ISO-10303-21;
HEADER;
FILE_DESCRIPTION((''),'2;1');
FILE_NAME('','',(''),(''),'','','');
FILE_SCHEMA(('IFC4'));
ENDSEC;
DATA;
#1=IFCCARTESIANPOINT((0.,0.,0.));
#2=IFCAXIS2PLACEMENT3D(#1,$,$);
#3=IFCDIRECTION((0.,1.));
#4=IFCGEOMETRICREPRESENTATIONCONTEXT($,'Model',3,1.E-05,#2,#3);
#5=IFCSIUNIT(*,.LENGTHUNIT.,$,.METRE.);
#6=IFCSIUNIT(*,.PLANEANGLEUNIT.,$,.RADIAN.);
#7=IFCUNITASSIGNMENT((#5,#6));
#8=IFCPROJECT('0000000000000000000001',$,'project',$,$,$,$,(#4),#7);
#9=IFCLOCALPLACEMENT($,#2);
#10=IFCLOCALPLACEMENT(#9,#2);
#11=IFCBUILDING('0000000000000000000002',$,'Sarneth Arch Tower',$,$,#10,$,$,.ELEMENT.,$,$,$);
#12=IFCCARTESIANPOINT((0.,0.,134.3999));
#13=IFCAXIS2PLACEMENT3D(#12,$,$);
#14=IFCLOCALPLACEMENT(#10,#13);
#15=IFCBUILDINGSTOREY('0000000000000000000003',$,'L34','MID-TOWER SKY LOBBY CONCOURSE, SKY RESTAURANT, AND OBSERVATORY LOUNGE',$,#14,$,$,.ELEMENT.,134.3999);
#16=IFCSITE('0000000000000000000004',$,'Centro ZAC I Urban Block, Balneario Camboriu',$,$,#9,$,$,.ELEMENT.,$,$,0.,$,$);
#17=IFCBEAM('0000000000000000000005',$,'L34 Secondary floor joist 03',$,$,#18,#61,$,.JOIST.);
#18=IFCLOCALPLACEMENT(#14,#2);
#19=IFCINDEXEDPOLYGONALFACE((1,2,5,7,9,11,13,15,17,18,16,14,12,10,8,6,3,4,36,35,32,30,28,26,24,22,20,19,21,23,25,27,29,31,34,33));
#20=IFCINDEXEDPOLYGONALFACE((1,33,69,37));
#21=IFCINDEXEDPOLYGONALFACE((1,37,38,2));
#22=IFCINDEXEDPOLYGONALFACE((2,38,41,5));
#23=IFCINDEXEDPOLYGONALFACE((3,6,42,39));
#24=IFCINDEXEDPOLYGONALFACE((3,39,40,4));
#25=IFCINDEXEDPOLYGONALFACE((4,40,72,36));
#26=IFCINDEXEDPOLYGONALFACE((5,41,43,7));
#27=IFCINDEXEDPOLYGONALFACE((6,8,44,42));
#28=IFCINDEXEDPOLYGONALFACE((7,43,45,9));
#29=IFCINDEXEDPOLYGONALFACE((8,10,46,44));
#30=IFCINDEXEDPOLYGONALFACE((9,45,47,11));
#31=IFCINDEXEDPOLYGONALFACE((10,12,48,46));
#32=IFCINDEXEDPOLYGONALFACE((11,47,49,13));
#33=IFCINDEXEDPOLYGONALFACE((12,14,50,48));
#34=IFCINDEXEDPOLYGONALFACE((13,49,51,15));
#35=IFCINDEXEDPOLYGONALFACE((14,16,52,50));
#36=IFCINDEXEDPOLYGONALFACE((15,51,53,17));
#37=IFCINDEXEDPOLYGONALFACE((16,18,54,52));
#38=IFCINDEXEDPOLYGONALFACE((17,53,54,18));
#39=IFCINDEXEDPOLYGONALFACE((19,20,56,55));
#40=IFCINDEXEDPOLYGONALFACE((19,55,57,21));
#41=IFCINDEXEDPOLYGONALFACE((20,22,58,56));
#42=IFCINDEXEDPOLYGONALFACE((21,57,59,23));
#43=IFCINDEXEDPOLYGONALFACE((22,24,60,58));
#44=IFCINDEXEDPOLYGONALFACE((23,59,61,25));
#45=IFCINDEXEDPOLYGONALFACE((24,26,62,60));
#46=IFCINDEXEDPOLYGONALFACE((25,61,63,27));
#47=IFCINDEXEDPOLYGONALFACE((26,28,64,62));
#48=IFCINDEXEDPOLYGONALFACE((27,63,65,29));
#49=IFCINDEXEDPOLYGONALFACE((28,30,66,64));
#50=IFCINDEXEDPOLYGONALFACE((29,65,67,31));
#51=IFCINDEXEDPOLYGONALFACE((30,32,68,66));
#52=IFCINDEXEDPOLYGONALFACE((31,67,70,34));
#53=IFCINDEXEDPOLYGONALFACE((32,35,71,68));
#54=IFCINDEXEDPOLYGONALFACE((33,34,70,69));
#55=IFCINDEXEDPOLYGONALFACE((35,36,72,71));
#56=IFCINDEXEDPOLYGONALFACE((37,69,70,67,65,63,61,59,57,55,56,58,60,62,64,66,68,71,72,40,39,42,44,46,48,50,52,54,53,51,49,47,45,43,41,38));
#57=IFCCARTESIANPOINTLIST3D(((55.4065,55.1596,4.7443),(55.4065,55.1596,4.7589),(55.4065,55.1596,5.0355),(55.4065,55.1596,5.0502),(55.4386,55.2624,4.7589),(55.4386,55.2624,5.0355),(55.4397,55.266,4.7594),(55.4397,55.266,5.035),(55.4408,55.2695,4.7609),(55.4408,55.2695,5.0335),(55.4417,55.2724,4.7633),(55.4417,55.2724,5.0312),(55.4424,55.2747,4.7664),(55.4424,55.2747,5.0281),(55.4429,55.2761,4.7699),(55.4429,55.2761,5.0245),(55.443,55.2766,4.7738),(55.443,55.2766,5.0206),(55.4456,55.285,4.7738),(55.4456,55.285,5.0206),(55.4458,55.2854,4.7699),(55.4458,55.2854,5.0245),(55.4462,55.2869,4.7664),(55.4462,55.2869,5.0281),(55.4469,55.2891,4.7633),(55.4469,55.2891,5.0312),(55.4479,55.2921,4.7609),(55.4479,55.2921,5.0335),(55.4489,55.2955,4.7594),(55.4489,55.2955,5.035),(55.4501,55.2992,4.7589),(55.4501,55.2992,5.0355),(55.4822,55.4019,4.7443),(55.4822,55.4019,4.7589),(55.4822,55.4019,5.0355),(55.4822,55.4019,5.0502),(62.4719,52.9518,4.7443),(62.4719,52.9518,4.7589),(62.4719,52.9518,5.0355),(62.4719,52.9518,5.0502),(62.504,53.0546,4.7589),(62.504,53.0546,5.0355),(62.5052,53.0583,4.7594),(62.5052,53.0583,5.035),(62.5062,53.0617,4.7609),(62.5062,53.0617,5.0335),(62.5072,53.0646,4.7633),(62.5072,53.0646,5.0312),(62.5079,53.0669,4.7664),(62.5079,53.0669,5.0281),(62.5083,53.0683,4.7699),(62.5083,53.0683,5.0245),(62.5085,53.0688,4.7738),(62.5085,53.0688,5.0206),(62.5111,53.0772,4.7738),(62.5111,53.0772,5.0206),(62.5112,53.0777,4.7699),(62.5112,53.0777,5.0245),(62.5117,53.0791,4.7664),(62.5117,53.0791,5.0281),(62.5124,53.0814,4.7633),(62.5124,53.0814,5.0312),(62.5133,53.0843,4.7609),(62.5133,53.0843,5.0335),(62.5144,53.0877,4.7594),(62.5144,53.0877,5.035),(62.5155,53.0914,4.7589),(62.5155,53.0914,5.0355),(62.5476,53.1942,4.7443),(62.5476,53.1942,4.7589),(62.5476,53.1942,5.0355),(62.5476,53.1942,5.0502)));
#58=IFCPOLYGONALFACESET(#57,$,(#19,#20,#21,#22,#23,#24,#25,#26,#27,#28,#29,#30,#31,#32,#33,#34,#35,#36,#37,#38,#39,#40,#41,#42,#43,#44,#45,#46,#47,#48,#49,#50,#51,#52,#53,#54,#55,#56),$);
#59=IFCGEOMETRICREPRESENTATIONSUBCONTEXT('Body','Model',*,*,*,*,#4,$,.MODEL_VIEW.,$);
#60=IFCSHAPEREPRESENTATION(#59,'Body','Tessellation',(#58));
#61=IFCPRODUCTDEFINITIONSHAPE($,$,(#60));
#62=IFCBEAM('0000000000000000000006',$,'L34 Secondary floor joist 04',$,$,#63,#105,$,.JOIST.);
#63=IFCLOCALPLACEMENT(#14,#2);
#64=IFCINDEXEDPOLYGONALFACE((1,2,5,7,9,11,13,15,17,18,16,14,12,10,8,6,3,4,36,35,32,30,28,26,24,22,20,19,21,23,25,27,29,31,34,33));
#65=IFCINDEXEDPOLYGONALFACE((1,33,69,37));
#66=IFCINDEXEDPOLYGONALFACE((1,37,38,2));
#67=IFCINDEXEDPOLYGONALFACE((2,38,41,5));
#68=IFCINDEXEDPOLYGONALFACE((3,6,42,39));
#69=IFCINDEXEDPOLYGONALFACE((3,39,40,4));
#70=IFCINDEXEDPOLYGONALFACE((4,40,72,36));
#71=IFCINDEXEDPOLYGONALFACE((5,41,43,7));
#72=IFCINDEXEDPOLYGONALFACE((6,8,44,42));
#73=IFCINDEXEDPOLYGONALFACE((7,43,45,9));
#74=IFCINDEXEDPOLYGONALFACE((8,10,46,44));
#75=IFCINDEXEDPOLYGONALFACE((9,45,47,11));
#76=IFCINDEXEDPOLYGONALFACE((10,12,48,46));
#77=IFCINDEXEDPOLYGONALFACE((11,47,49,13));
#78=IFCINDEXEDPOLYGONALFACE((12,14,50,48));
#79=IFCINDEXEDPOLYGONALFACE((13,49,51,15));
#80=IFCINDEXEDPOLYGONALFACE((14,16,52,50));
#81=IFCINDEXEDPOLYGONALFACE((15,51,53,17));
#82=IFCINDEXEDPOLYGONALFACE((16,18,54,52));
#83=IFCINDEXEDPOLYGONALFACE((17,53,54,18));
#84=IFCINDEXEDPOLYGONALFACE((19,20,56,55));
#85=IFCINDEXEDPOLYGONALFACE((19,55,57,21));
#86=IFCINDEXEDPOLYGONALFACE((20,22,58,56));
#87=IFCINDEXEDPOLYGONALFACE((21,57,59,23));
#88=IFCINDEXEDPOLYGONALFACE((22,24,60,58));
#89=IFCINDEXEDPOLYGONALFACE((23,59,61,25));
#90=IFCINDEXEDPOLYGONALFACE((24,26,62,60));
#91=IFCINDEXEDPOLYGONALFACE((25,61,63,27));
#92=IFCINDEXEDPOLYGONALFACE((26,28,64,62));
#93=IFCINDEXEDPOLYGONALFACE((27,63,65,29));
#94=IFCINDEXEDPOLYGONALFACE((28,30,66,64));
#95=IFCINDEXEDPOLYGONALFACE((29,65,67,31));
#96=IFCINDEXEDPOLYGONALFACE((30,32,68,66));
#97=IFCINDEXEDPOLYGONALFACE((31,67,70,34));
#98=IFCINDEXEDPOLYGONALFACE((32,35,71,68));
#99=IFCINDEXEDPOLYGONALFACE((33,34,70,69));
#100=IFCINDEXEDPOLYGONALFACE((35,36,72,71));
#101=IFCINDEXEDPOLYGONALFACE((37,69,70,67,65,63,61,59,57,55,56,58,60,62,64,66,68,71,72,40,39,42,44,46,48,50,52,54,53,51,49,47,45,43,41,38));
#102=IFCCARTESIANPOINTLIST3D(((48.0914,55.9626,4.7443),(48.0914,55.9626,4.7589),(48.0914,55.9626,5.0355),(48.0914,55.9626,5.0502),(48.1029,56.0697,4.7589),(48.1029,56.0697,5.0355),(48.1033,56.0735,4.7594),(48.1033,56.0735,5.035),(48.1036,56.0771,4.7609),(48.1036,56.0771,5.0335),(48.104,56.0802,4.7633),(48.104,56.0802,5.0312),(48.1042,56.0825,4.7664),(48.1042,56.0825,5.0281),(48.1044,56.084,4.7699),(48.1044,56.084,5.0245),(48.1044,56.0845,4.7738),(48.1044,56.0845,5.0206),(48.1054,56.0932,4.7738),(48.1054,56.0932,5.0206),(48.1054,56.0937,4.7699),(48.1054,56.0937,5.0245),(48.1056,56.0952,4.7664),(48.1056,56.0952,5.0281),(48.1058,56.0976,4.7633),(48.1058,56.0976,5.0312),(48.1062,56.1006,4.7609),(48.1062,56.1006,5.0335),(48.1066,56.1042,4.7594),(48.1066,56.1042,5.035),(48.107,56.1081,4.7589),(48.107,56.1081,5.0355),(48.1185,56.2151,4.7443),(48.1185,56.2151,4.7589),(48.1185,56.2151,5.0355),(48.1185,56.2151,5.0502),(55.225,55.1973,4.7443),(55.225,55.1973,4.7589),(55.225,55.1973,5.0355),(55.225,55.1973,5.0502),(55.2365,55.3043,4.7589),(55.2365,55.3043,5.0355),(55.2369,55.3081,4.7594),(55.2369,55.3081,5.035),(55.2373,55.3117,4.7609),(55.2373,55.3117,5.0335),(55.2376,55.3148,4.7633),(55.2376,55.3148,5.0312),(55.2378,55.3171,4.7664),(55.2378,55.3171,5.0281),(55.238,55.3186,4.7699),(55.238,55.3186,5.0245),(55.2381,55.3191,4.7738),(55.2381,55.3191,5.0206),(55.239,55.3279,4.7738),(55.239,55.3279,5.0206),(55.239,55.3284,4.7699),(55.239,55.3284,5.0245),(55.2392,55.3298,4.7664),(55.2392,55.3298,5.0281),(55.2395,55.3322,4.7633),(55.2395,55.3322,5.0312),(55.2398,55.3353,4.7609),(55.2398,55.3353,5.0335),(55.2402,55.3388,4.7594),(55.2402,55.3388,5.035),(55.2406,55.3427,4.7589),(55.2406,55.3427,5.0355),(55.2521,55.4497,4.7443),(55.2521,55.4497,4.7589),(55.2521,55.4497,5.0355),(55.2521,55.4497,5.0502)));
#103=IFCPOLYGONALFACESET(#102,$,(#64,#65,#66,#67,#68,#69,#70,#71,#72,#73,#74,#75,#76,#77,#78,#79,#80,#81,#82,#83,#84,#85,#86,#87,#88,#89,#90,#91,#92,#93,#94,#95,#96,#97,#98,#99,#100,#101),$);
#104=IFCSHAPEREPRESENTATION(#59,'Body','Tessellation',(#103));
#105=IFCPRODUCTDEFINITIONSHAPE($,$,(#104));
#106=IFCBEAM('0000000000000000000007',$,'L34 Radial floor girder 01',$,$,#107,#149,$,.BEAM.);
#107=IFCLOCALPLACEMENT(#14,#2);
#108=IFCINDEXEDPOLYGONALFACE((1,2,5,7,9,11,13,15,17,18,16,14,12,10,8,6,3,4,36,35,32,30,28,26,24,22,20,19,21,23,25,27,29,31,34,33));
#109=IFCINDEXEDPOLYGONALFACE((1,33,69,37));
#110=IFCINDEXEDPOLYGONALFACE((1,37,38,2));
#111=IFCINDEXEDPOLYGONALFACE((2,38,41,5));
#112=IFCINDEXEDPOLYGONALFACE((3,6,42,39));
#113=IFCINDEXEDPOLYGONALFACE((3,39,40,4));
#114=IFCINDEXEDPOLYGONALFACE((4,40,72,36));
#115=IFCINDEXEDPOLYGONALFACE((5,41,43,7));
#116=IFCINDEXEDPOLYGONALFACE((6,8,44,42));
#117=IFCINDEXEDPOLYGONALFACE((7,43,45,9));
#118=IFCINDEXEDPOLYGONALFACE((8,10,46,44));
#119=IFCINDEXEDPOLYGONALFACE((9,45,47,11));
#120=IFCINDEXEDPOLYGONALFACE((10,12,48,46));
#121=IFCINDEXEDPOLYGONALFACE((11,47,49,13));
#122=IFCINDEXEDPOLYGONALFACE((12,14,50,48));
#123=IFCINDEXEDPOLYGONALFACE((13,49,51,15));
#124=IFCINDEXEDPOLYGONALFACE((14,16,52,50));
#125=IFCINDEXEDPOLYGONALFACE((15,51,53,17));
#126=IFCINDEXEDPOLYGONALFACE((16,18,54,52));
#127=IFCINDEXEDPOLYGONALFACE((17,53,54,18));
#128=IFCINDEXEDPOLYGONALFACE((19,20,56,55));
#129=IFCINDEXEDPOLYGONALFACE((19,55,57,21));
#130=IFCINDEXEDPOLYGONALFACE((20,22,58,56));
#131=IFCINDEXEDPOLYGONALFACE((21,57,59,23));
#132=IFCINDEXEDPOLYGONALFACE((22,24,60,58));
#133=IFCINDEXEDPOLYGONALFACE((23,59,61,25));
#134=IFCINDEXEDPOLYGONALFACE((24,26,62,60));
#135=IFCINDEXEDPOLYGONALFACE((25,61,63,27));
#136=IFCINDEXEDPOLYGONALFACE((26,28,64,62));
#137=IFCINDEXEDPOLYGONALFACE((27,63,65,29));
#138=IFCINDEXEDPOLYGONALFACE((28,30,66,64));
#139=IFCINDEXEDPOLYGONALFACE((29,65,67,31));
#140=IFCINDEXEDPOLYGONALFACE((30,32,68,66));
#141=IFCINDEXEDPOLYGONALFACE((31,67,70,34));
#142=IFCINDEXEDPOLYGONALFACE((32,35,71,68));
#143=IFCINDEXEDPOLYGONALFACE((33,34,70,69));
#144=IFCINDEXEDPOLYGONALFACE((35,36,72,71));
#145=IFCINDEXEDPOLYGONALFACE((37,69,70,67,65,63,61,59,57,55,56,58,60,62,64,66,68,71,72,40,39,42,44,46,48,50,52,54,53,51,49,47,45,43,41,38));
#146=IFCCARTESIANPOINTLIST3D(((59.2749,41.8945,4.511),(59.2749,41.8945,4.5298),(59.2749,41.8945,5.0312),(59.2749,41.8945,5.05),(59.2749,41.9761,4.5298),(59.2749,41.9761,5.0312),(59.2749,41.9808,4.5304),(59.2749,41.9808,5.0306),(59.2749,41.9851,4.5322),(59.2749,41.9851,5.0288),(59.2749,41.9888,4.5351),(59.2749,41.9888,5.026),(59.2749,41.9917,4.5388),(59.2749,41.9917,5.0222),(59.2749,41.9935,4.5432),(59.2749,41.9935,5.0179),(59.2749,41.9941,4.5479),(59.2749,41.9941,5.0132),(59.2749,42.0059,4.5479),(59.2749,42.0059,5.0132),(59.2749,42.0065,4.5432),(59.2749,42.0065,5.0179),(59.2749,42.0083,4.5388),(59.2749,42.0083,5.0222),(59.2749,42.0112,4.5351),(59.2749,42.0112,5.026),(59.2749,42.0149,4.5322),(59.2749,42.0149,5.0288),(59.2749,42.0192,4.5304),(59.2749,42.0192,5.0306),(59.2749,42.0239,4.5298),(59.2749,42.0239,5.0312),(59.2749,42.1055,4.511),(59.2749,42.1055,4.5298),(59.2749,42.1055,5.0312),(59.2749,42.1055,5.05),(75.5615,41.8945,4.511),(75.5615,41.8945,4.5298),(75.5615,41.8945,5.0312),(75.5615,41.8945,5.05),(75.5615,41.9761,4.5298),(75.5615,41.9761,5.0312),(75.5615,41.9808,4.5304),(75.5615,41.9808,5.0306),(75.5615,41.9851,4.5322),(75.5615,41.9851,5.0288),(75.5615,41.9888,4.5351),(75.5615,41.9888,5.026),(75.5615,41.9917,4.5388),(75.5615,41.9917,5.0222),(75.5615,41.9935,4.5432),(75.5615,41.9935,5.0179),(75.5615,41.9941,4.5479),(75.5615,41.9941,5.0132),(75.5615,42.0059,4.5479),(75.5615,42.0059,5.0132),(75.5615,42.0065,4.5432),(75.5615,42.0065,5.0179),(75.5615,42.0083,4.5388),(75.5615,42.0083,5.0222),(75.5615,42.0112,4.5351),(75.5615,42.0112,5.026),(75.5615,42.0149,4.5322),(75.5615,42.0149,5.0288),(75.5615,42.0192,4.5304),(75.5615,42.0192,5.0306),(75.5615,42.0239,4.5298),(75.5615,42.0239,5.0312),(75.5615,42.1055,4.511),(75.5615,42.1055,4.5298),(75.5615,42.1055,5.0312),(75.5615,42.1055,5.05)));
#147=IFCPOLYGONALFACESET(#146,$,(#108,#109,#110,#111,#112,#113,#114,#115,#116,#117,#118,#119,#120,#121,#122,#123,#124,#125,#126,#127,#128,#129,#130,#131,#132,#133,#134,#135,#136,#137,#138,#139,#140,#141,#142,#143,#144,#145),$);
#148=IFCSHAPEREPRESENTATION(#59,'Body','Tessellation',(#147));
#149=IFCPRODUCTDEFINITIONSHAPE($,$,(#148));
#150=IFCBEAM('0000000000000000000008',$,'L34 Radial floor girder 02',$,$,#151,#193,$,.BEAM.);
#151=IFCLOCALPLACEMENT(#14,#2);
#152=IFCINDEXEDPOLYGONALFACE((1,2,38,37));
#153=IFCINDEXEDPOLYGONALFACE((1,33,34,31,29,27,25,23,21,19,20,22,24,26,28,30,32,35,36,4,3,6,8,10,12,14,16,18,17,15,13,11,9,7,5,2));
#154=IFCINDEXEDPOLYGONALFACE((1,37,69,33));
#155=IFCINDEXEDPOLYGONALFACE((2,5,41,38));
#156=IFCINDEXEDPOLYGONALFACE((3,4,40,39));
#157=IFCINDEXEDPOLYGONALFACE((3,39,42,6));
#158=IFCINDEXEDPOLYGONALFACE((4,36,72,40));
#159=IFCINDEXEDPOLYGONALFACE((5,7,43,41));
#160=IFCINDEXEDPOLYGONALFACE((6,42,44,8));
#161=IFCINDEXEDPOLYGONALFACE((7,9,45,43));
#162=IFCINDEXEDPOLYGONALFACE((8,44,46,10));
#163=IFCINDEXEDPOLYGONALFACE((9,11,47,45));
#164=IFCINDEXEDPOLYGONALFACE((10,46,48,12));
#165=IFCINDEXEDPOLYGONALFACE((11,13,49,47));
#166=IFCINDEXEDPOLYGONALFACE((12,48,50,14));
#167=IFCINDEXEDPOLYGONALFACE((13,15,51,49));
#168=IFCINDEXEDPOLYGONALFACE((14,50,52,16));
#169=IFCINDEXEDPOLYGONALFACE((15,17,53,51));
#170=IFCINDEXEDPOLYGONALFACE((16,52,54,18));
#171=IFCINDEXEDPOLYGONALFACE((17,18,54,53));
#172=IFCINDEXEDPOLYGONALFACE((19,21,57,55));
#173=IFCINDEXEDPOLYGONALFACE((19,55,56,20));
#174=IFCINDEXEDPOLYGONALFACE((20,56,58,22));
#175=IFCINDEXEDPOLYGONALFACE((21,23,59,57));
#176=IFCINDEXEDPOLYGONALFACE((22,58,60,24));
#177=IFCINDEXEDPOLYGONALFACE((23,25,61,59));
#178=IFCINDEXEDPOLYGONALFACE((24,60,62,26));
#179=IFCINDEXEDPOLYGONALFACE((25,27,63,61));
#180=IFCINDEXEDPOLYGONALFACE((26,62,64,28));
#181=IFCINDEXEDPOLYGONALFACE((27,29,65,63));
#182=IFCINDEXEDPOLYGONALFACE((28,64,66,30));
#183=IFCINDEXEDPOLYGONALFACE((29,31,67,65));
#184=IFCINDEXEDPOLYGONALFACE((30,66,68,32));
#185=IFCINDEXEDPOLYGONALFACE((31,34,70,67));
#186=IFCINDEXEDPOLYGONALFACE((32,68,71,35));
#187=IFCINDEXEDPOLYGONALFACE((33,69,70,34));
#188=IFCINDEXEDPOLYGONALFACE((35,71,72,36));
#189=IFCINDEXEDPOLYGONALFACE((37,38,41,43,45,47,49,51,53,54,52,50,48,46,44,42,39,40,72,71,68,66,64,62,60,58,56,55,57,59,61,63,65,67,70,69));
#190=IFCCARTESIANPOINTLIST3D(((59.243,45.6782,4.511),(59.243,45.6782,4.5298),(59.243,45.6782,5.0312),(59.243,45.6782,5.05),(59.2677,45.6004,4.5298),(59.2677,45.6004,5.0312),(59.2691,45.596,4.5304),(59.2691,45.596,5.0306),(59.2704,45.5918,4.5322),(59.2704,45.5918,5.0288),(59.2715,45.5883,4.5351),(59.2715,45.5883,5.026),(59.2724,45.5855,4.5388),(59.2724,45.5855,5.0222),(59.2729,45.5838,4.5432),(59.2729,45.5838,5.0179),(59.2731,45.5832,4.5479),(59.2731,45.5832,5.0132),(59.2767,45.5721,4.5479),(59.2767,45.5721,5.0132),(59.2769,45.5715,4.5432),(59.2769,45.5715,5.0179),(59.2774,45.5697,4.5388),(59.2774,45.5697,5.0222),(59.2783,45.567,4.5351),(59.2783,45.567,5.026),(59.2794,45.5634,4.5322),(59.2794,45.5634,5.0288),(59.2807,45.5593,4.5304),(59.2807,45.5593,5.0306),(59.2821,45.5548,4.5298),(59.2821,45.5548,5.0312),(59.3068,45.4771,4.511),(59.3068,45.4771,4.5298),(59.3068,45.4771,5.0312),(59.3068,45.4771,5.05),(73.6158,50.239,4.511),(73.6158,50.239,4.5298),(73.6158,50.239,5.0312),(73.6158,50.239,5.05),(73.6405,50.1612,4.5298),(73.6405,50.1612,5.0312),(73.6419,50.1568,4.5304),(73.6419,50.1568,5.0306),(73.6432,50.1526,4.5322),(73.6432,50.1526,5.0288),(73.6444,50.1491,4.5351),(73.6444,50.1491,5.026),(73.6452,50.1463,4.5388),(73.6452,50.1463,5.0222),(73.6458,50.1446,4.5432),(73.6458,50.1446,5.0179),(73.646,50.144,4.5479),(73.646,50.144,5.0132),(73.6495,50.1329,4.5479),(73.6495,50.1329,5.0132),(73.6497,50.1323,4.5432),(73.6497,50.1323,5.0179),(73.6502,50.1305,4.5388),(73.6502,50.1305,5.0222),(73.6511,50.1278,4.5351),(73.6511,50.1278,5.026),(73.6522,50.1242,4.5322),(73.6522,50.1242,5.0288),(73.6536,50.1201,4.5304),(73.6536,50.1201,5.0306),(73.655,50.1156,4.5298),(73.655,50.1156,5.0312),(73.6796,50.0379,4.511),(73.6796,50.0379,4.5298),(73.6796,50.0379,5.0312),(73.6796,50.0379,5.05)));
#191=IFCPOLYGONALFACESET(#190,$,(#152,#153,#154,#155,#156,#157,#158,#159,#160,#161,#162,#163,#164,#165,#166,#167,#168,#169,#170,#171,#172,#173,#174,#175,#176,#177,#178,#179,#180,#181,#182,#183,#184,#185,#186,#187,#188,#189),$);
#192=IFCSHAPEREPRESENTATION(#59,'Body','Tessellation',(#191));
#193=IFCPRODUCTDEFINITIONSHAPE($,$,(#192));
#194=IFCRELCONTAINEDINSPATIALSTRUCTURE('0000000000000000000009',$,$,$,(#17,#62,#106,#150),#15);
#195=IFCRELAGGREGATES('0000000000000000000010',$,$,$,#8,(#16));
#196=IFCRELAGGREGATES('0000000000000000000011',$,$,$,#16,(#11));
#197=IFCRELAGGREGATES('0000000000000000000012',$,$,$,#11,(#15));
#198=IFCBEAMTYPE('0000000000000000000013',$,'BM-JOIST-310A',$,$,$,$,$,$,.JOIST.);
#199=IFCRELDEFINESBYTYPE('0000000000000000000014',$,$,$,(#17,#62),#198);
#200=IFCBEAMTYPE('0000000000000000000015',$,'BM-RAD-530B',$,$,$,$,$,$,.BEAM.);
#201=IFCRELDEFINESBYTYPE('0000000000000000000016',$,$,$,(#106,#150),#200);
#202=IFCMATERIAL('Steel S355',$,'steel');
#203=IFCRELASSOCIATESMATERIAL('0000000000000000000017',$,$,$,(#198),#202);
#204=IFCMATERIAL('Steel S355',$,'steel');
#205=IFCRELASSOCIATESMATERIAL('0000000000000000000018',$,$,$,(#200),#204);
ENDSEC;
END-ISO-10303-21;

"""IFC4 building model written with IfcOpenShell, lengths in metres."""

from ifc_helpers import new_model, si_unit, direction, frame, origin, origin_2d, place, context, subcontext, project, spatial, i_section, extrude, material, material_profile, profile_set, type_object, element, save


model = new_model("IFC4")

# Units and contexts
model_context = context("Model", 3, precision=1e-05, world=origin(), true_north=direction((0.0, 1.0)))
body_context = subcontext(model_context, "Body", "Model", "MODEL_VIEW")
ifc_project = project(units=[si_unit("LENGTHUNIT", "METRE"), si_unit("PLANEANGLEUNIT", "RADIAN")], contexts=[model_context])

# Site, building, storey
site_placement = place(None, origin())
site = spatial("IfcSite", under=ifc_project, at=site_placement, Name="Centro ZAC I Urban Block, Balneario Camboriu", CompositionType="ELEMENT", RefElevation=0.0)
building_placement = place(site_placement, origin())
building = spatial("IfcBuilding", under=site, at=building_placement, Name="Sarneth Arch Tower", CompositionType="ELEMENT")
storey_placement = place(building_placement, frame((0.0, 0.0, 134.3999)))
storey = spatial("IfcBuildingStorey", under=building, at=storey_placement, Name="L34", Description="MID-TOWER SKY LOBBY CONCOURSE, SKY RESTAURANT, AND OBSERVATORY LOUNGE", CompositionType="ELEMENT", Elevation=134.3999)

# Beams
ifc_material_1 = material(Name="Steel S355", Category="steel")
ifc_material_profile_1 = material_profile(ifc_material_1, i_section(OverallWidth=0.2539, OverallDepth=0.3059, WebThickness=0.0088, FlangeThickness=0.0146, FilletRadius=0.0149, at=origin_2d()), Name="W310x79")
ifc_profile_set_1 = profile_set([ifc_material_profile_1], Name="Steel S355")
beam_type_1 = type_object("IfcBeamType", Name="BM-JOIST-310A", PredefinedType="JOIST", material=ifc_profile_set_1)
beam_1_placement = place(storey_placement, frame((62.5098, 53.073, 4.8972), z_axis=(-0.954487, 0.298252, 0.0), x_axis=(-0.298252, -0.954487, 0.0)))
element("IfcBeam", 1, at=beam_1_placement, inside=storey, type_object=beam_type_1, Name="L34 Secondary floor joist 03", PredefinedType="JOIST", context=body_context, shape_type="SweptSolid", body=[
    extrude(i_section(OverallWidth=0.2539, OverallDepth=0.3059, WebThickness=0.0088, FlangeThickness=0.0146, FilletRadius=0.0149, at=origin_2d()), origin(), (0.0, 0.0, 1.0), 7.4023),
])
beam_2_placement = place(storey_placement, frame((55.2385, 55.3235, 4.8972), z_axis=(-0.994293, 0.106681, 0.0), x_axis=(-0.106681, -0.994293, 0.0)))
element("IfcBeam", 2, at=beam_2_placement, inside=storey, type_object=beam_type_1, Name="L34 Secondary floor joist 04", PredefinedType="JOIST", context=body_context, shape_type="SweptSolid", body=[
    extrude(i_section(OverallWidth=0.2539, OverallDepth=0.3059, WebThickness=0.0088, FlangeThickness=0.0146, FilletRadius=0.0149, at=origin_2d()), origin(), (0.0, 0.0, 1.0), 7.1746),
])
ifc_material_2 = material(Name="Steel S355", Category="steel")
ifc_material_profile_2 = material_profile(ifc_material_2, i_section(OverallWidth=0.2109, OverallDepth=0.5391, WebThickness=0.0117, FlangeThickness=0.0188, FilletRadius=0.0181, at=origin_2d()), Name="W530x109")
ifc_profile_set_2 = profile_set([ifc_material_profile_2], Name="Steel S355")
beam_type_2 = type_object("IfcBeamType", Name="BM-RAD-530B", PredefinedType="BEAM", material=ifc_profile_set_2)
beam_3_placement = place(storey_placement, frame((59.2749, 42.0, 4.7805), z_axis=(1.0, 0.0, 0.0), x_axis=(0.0, 1.0, 0.0)))
element("IfcBeam", 3, at=beam_3_placement, inside=storey, type_object=beam_type_2, Name="L34 Radial floor girder 01", PredefinedType="BEAM", context=body_context, shape_type="SweptSolid", body=[
    extrude(i_section(OverallWidth=0.2109, OverallDepth=0.5391, WebThickness=0.0117, FlangeThickness=0.0188, FilletRadius=0.0181, at=origin_2d()), origin(), (0.0, 0.0, 1.0), 16.2866),
])
beam_4_placement = place(storey_placement, frame((59.2749, 45.5776, 4.7805), z_axis=(0.953163, 0.302458, 0.0), x_axis=(-0.302458, 0.953163, 0.0)))
element("IfcBeam", 4, at=beam_4_placement, inside=storey, type_object=beam_type_2, Name="L34 Radial floor girder 02", PredefinedType="BEAM", context=body_context, shape_type="SweptSolid", body=[
    extrude(i_section(OverallWidth=0.2109, OverallDepth=0.5391, WebThickness=0.0117, FlangeThickness=0.0188, FilletRadius=0.0181, at=origin_2d()), origin(), (0.0, 0.0, 1.0), 15.0791),
])

save(model, "model.ifc")
